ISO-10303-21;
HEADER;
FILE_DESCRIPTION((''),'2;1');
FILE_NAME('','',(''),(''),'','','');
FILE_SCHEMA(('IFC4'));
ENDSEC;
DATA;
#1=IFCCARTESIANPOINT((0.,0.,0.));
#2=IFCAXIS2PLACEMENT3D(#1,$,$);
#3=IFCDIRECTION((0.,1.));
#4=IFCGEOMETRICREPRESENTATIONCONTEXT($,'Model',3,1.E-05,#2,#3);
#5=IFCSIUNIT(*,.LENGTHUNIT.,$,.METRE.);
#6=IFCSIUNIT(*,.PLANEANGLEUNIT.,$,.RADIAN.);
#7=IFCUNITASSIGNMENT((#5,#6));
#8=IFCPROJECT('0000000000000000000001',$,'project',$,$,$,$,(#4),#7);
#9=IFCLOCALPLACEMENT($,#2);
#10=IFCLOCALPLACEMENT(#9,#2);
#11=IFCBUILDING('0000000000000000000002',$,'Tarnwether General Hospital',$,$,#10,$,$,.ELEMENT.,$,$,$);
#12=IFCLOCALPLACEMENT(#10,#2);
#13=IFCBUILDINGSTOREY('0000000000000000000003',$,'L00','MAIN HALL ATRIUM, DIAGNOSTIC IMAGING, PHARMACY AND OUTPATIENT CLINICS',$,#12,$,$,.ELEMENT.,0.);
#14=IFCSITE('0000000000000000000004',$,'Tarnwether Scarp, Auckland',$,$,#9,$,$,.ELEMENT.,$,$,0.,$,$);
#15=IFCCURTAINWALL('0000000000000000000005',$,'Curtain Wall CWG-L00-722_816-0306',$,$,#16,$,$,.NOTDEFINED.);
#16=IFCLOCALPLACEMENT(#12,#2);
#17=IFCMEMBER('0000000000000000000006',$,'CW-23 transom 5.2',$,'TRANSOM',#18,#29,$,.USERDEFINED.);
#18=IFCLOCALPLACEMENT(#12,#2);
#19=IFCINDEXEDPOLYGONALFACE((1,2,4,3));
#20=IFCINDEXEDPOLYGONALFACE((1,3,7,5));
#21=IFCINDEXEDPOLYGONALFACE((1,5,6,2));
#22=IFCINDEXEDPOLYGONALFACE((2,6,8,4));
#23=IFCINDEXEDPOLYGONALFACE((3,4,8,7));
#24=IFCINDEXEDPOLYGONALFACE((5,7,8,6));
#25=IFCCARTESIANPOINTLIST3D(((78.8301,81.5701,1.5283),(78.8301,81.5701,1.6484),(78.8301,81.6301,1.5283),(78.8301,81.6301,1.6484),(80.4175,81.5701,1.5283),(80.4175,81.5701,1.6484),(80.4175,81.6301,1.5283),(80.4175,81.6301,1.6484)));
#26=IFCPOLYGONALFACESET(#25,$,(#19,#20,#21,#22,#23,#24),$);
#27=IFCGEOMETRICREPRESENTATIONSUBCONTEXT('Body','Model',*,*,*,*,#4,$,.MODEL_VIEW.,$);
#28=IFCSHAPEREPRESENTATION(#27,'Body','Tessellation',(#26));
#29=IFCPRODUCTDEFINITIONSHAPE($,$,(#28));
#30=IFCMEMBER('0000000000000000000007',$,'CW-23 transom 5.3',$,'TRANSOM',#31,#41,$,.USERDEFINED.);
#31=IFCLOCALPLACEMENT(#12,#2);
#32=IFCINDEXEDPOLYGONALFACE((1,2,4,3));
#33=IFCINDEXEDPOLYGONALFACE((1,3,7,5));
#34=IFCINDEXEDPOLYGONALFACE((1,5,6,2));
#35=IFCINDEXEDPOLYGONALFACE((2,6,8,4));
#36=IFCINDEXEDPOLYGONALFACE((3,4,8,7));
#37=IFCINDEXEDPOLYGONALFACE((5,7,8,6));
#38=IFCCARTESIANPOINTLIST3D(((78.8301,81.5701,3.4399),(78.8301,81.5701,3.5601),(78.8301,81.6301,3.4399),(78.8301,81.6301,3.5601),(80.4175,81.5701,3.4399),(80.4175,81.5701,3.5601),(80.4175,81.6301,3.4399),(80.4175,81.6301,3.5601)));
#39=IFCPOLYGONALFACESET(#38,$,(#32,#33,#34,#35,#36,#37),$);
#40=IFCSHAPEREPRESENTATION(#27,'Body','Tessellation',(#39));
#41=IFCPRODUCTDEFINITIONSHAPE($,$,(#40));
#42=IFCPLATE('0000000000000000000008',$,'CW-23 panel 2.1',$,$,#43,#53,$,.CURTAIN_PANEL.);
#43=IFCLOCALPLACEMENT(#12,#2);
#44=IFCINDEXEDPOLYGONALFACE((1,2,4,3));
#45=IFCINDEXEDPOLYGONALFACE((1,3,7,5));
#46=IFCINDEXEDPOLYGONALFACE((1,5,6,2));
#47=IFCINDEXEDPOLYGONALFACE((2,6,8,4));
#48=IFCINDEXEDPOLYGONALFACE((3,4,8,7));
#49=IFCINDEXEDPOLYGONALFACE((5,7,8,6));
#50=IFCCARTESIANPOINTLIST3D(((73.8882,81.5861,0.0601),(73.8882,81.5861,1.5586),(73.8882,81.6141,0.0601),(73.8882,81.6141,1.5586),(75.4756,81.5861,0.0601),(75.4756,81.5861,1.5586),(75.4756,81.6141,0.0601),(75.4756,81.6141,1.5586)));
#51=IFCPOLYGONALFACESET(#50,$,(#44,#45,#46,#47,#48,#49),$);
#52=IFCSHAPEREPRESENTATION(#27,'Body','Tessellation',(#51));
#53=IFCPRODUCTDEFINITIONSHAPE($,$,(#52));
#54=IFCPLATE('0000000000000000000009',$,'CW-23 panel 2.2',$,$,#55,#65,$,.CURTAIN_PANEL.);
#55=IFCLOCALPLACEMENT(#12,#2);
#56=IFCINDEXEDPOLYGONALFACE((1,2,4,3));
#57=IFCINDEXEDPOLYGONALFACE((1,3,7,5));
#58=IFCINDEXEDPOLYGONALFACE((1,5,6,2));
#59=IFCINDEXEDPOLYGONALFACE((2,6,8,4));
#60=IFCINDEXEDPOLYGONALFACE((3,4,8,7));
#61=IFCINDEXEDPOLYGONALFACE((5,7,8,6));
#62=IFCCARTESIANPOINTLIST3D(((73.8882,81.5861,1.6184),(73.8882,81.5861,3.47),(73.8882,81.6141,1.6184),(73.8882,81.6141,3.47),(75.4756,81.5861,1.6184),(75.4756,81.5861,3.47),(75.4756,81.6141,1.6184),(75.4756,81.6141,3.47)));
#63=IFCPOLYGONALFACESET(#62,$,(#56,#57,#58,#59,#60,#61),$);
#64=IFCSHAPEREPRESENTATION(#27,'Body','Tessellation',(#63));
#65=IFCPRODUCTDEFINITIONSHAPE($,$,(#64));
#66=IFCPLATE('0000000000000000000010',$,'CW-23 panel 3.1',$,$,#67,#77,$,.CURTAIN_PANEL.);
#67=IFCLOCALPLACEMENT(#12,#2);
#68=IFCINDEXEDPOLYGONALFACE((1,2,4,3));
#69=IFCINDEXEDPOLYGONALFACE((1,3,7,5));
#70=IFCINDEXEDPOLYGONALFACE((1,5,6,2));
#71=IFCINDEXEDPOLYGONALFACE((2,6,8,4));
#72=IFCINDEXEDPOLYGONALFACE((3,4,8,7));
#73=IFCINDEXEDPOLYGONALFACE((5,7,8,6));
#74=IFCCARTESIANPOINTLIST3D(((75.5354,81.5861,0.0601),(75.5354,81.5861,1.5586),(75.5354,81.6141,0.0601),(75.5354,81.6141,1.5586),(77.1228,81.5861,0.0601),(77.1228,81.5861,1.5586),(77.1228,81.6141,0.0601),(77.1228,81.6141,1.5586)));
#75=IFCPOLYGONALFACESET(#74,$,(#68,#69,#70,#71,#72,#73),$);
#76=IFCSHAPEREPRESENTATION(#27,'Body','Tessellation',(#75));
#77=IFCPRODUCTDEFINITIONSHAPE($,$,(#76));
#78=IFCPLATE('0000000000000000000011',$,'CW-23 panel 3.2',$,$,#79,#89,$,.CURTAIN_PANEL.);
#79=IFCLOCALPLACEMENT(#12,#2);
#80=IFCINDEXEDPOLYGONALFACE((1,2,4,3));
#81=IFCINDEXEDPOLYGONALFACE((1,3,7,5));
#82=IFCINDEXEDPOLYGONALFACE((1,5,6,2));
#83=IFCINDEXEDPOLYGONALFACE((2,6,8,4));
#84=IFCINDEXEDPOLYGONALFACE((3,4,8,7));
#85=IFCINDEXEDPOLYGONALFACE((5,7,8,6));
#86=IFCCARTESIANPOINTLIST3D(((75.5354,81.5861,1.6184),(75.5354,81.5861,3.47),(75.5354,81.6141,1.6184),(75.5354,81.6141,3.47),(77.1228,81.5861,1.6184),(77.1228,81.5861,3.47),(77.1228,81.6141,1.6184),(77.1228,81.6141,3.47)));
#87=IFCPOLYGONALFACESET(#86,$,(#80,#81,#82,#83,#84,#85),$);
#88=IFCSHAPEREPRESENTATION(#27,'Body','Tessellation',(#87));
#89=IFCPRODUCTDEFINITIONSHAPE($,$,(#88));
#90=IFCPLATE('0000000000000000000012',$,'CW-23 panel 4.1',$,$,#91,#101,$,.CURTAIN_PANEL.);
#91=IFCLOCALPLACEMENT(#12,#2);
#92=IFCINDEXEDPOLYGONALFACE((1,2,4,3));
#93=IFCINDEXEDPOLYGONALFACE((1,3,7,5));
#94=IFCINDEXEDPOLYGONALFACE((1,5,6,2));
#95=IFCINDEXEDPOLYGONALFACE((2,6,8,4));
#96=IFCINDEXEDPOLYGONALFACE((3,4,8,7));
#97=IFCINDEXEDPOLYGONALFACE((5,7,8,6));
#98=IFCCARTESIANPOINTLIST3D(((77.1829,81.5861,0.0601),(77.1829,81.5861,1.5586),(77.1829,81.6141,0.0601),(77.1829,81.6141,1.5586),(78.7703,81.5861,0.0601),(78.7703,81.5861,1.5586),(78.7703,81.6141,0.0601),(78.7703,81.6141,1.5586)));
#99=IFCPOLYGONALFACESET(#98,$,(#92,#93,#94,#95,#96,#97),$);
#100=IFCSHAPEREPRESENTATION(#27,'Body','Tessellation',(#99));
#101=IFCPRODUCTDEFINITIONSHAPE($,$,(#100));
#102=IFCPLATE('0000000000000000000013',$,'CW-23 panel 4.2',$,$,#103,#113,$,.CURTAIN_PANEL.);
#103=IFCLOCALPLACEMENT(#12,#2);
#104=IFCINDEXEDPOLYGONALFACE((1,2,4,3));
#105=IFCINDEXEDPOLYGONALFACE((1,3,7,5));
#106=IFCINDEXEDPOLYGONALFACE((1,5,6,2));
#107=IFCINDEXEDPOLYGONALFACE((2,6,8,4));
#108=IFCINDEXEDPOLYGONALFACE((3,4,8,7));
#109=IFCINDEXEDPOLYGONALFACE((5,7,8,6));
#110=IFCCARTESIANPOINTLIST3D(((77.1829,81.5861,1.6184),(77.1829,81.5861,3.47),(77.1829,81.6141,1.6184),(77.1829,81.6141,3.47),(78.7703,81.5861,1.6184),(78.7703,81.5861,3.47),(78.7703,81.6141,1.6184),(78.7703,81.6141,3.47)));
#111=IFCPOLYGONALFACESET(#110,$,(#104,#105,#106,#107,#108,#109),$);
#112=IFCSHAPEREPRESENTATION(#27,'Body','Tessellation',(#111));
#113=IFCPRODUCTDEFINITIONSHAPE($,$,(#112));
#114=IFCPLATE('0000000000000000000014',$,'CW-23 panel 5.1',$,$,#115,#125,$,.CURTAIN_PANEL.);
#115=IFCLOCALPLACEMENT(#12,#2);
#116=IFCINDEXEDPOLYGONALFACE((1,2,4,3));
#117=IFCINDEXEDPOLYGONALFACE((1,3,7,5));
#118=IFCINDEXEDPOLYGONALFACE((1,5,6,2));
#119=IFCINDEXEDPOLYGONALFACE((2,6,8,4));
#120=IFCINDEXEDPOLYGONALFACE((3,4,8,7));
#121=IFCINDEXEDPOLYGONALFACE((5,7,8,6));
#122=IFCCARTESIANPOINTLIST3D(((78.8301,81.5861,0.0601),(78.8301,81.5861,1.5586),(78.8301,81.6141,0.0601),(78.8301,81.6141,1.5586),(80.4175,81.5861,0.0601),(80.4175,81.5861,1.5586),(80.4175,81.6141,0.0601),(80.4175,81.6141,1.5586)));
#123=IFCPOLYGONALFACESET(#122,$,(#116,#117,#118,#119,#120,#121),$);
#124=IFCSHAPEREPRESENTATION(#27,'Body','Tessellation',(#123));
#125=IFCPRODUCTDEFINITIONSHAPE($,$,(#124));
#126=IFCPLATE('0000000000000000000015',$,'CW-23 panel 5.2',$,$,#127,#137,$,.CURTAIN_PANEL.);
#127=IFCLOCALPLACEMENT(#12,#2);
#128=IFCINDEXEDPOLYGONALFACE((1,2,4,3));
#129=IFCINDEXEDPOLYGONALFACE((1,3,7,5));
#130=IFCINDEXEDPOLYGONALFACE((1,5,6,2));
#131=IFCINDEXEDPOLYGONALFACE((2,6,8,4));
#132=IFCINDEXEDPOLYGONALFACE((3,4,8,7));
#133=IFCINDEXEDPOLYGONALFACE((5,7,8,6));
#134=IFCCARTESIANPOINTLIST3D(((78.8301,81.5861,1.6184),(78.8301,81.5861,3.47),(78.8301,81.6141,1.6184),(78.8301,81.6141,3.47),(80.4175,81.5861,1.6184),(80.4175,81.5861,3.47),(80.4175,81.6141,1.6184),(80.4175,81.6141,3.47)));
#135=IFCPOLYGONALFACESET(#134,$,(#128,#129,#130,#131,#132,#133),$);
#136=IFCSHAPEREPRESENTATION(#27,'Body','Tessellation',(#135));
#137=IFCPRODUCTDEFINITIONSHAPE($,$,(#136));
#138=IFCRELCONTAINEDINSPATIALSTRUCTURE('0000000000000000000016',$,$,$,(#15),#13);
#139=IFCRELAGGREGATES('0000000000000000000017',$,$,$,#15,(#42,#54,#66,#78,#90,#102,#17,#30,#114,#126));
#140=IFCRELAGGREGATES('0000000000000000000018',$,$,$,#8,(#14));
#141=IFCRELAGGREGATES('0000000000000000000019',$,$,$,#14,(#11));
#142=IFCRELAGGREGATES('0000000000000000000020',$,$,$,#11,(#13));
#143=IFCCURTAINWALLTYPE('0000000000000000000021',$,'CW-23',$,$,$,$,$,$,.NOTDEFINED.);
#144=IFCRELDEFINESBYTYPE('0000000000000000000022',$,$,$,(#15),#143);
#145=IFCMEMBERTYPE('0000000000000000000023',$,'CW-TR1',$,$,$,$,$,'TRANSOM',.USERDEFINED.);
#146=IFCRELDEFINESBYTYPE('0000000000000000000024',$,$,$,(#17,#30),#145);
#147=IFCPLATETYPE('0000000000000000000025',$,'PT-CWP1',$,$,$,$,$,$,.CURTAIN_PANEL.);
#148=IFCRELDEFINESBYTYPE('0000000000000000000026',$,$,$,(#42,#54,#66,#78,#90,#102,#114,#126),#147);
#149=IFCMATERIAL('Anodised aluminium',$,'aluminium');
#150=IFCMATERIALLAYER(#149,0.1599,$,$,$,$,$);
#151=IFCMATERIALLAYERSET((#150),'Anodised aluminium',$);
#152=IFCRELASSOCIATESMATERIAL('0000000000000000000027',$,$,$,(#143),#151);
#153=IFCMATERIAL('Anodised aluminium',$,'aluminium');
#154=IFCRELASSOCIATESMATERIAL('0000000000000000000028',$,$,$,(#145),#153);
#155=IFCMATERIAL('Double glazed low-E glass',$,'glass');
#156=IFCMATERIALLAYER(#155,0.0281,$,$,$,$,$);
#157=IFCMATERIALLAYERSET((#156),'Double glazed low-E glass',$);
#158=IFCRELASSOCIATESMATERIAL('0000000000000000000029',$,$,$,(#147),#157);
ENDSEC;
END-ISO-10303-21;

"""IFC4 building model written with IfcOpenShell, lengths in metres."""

from ifc_helpers import new_model, si_unit, direction, frame, origin, origin_2d, place, context, subcontext, project, spatial, rectangle, extrude, material, layer, layer_set, material_profile, profile_set, type_object, element, aggregate, save


model = new_model("IFC4")

# Units and contexts
model_context = context("Model", 3, precision=1e-05, world=origin(), true_north=direction((0.0, 1.0)))
body_context = subcontext(model_context, "Body", "Model", "MODEL_VIEW")
ifc_project = project(units=[si_unit("LENGTHUNIT", "METRE"), si_unit("PLANEANGLEUNIT", "RADIAN")], contexts=[model_context])

# Site, building, storey
site_placement = place(None, origin())
site = spatial("IfcSite", under=ifc_project, at=site_placement, Name="Tarnwether Scarp, Auckland", CompositionType="ELEMENT", RefElevation=0.0)
building_placement = place(site_placement, origin())
building = spatial("IfcBuilding", under=site, at=building_placement, Name="Tarnwether General Hospital", CompositionType="ELEMENT")
storey_placement = place(building_placement, origin())
storey = spatial("IfcBuildingStorey", under=building, at=storey_placement, Name="L00", Description="MAIN HALL ATRIUM, DIAGNOSTIC IMAGING, PHARMACY AND OUTPATIENT CLINICS", CompositionType="ELEMENT", Elevation=0.0)

# Curtain wall, members, plates
ifc_material_1 = material(Name="Anodised aluminium", Category="aluminium")
ifc_layer_1 = layer(ifc_material_1, 0.1599)
ifc_layer_set_1 = layer_set([ifc_layer_1], Name="Anodised aluminium")
curtain_wall_type = type_object("IfcCurtainWallType", Name="CW-23", PredefinedType="NOTDEFINED", material=ifc_layer_set_1)
curtain_wall_placement = place(storey_placement, origin())
curtain_wall = element("IfcCurtainWall", 1, at=curtain_wall_placement, inside=storey, type_object=curtain_wall_type, Name="Curtain Wall CWG-L00-722_816-0306", PredefinedType="NOTDEFINED")
ifc_material_2 = material(Name="Anodised aluminium", Category="aluminium")
ifc_material_profile_1 = material_profile(ifc_material_2, rectangle(XDim=0.0601, YDim=0.1201, at=origin_2d()), Name="ALU-TRN-60x120")
ifc_profile_set_1 = profile_set([ifc_material_profile_1], Name="Anodised aluminium")
member_type_1 = type_object("IfcMemberType", Name="CW-TR1", ElementType="TRANSOM", PredefinedType="USERDEFINED", material=ifc_profile_set_1)
member_1_placement = place(storey_placement, frame((78.8301, 81.6001, 1.5884), z_axis=(1.0, 0.0, 0.0), x_axis=(0.0, 1.0, 0.0)))
member_1 = element("IfcMember", 2, at=member_1_placement, type_object=member_type_1, Name="CW-23 transom 5.2", ObjectType="TRANSOM", PredefinedType="USERDEFINED", context=body_context, shape_type="SweptSolid", body=[
    extrude(rectangle(XDim=0.0601, YDim=0.1201, at=origin_2d()), origin(), (0.0, 0.0, 1.0), 1.5874),
])
member_2_placement = place(storey_placement, frame((78.8301, 81.6001, 3.5), z_axis=(1.0, 0.0, 0.0), x_axis=(0.0, 1.0, 0.0)))
member_2 = element("IfcMember", 3, at=member_2_placement, type_object=member_type_1, Name="CW-23 transom 5.3", ObjectType="TRANSOM", PredefinedType="USERDEFINED", context=body_context, shape_type="SweptSolid", body=[
    extrude(rectangle(XDim=0.0601, YDim=0.1201, at=origin_2d()), origin(), (0.0, 0.0, 1.0), 1.5874),
])
ifc_material_3 = material(Name="Double glazed low-E glass", Category="glass")
ifc_layer_2 = layer(ifc_material_3, 0.0281)
ifc_layer_set_2 = layer_set([ifc_layer_2], Name="Double glazed low-E glass")
plate_type = type_object("IfcPlateType", Name="PT-CWP1", PredefinedType="CURTAIN_PANEL", material=ifc_layer_set_2)
plate_1_placement = place(storey_placement, frame((74.6819, 81.6001, 0.0601), z_axis=(0.0, 0.0, 1.0), x_axis=(1.0, 0.0, 0.0)))
plate_1 = element("IfcPlate", 4, at=plate_1_placement, type_object=plate_type, Name="CW-23 panel 2.1", PredefinedType="CURTAIN_PANEL", context=body_context, shape_type="SweptSolid", body=[
    extrude(rectangle(XDim=1.5874, YDim=0.0281, at=origin_2d()), origin(), (0.0, 0.0, 1.0), 1.4985),
])
plate_2_placement = place(storey_placement, frame((74.6819, 81.6001, 1.6184), z_axis=(0.0, 0.0, 1.0), x_axis=(1.0, 0.0, 0.0)))
plate_2 = element("IfcPlate", 5, at=plate_2_placement, type_object=plate_type, Name="CW-23 panel 2.2", PredefinedType="CURTAIN_PANEL", context=body_context, shape_type="SweptSolid", body=[
    extrude(rectangle(XDim=1.5874, YDim=0.0281, at=origin_2d()), origin(), (0.0, 0.0, 1.0), 1.8516),
])
plate_3_placement = place(storey_placement, frame((76.3291, 81.6001, 0.0601), z_axis=(0.0, 0.0, 1.0), x_axis=(1.0, 0.0, 0.0)))
plate_3 = element("IfcPlate", 6, at=plate_3_placement, type_object=plate_type, Name="CW-23 panel 3.1", PredefinedType="CURTAIN_PANEL", context=body_context, shape_type="SweptSolid", body=[
    extrude(rectangle(XDim=1.5874, YDim=0.0281, at=origin_2d()), origin(), (0.0, 0.0, 1.0), 1.4985),
])
plate_4_placement = place(storey_placement, frame((76.3291, 81.6001, 1.6184), z_axis=(0.0, 0.0, 1.0), x_axis=(1.0, 0.0, 0.0)))
plate_4 = element("IfcPlate", 7, at=plate_4_placement, type_object=plate_type, Name="CW-23 panel 3.2", PredefinedType="CURTAIN_PANEL", context=body_context, shape_type="SweptSolid", body=[
    extrude(rectangle(XDim=1.5874, YDim=0.0281, at=origin_2d()), origin(), (0.0, 0.0, 1.0), 1.8516),
])
plate_5_placement = place(storey_placement, frame((77.9766, 81.6001, 0.0601), z_axis=(0.0, 0.0, 1.0), x_axis=(1.0, 0.0, 0.0)))
plate_5 = element("IfcPlate", 8, at=plate_5_placement, type_object=plate_type, Name="CW-23 panel 4.1", PredefinedType="CURTAIN_PANEL", context=body_context, shape_type="SweptSolid", body=[
    extrude(rectangle(XDim=1.5874, YDim=0.0281, at=origin_2d()), origin(), (0.0, 0.0, 1.0), 1.4985),
])
plate_6_placement = place(storey_placement, frame((77.9766, 81.6001, 1.6184), z_axis=(0.0, 0.0, 1.0), x_axis=(1.0, 0.0, 0.0)))
plate_6 = element("IfcPlate", 9, at=plate_6_placement, type_object=plate_type, Name="CW-23 panel 4.2", PredefinedType="CURTAIN_PANEL", context=body_context, shape_type="SweptSolid", body=[
    extrude(rectangle(XDim=1.5874, YDim=0.0281, at=origin_2d()), origin(), (0.0, 0.0, 1.0), 1.8516),
])
plate_7_placement = place(storey_placement, frame((79.6238, 81.6001, 0.0601), z_axis=(0.0, 0.0, 1.0), x_axis=(1.0, 0.0, 0.0)))
plate_7 = element("IfcPlate", 10, at=plate_7_placement, type_object=plate_type, Name="CW-23 panel 5.1", PredefinedType="CURTAIN_PANEL", context=body_context, shape_type="SweptSolid", body=[
    extrude(rectangle(XDim=1.5874, YDim=0.0281, at=origin_2d()), origin(), (0.0, 0.0, 1.0), 1.4985),
])
plate_8_placement = place(storey_placement, frame((79.6238, 81.6001, 1.6184), z_axis=(0.0, 0.0, 1.0), x_axis=(1.0, 0.0, 0.0)))
plate_8 = element("IfcPlate", 11, at=plate_8_placement, type_object=plate_type, Name="CW-23 panel 5.2", PredefinedType="CURTAIN_PANEL", context=body_context, shape_type="SweptSolid", body=[
    extrude(rectangle(XDim=1.5874, YDim=0.0281, at=origin_2d()), origin(), (0.0, 0.0, 1.0), 1.8516),
])
aggregate(curtain_wall, [plate_1, plate_2, plate_3, plate_4, plate_5, plate_6, member_1, member_2, plate_7, plate_8])

save(model, "model.ifc")
